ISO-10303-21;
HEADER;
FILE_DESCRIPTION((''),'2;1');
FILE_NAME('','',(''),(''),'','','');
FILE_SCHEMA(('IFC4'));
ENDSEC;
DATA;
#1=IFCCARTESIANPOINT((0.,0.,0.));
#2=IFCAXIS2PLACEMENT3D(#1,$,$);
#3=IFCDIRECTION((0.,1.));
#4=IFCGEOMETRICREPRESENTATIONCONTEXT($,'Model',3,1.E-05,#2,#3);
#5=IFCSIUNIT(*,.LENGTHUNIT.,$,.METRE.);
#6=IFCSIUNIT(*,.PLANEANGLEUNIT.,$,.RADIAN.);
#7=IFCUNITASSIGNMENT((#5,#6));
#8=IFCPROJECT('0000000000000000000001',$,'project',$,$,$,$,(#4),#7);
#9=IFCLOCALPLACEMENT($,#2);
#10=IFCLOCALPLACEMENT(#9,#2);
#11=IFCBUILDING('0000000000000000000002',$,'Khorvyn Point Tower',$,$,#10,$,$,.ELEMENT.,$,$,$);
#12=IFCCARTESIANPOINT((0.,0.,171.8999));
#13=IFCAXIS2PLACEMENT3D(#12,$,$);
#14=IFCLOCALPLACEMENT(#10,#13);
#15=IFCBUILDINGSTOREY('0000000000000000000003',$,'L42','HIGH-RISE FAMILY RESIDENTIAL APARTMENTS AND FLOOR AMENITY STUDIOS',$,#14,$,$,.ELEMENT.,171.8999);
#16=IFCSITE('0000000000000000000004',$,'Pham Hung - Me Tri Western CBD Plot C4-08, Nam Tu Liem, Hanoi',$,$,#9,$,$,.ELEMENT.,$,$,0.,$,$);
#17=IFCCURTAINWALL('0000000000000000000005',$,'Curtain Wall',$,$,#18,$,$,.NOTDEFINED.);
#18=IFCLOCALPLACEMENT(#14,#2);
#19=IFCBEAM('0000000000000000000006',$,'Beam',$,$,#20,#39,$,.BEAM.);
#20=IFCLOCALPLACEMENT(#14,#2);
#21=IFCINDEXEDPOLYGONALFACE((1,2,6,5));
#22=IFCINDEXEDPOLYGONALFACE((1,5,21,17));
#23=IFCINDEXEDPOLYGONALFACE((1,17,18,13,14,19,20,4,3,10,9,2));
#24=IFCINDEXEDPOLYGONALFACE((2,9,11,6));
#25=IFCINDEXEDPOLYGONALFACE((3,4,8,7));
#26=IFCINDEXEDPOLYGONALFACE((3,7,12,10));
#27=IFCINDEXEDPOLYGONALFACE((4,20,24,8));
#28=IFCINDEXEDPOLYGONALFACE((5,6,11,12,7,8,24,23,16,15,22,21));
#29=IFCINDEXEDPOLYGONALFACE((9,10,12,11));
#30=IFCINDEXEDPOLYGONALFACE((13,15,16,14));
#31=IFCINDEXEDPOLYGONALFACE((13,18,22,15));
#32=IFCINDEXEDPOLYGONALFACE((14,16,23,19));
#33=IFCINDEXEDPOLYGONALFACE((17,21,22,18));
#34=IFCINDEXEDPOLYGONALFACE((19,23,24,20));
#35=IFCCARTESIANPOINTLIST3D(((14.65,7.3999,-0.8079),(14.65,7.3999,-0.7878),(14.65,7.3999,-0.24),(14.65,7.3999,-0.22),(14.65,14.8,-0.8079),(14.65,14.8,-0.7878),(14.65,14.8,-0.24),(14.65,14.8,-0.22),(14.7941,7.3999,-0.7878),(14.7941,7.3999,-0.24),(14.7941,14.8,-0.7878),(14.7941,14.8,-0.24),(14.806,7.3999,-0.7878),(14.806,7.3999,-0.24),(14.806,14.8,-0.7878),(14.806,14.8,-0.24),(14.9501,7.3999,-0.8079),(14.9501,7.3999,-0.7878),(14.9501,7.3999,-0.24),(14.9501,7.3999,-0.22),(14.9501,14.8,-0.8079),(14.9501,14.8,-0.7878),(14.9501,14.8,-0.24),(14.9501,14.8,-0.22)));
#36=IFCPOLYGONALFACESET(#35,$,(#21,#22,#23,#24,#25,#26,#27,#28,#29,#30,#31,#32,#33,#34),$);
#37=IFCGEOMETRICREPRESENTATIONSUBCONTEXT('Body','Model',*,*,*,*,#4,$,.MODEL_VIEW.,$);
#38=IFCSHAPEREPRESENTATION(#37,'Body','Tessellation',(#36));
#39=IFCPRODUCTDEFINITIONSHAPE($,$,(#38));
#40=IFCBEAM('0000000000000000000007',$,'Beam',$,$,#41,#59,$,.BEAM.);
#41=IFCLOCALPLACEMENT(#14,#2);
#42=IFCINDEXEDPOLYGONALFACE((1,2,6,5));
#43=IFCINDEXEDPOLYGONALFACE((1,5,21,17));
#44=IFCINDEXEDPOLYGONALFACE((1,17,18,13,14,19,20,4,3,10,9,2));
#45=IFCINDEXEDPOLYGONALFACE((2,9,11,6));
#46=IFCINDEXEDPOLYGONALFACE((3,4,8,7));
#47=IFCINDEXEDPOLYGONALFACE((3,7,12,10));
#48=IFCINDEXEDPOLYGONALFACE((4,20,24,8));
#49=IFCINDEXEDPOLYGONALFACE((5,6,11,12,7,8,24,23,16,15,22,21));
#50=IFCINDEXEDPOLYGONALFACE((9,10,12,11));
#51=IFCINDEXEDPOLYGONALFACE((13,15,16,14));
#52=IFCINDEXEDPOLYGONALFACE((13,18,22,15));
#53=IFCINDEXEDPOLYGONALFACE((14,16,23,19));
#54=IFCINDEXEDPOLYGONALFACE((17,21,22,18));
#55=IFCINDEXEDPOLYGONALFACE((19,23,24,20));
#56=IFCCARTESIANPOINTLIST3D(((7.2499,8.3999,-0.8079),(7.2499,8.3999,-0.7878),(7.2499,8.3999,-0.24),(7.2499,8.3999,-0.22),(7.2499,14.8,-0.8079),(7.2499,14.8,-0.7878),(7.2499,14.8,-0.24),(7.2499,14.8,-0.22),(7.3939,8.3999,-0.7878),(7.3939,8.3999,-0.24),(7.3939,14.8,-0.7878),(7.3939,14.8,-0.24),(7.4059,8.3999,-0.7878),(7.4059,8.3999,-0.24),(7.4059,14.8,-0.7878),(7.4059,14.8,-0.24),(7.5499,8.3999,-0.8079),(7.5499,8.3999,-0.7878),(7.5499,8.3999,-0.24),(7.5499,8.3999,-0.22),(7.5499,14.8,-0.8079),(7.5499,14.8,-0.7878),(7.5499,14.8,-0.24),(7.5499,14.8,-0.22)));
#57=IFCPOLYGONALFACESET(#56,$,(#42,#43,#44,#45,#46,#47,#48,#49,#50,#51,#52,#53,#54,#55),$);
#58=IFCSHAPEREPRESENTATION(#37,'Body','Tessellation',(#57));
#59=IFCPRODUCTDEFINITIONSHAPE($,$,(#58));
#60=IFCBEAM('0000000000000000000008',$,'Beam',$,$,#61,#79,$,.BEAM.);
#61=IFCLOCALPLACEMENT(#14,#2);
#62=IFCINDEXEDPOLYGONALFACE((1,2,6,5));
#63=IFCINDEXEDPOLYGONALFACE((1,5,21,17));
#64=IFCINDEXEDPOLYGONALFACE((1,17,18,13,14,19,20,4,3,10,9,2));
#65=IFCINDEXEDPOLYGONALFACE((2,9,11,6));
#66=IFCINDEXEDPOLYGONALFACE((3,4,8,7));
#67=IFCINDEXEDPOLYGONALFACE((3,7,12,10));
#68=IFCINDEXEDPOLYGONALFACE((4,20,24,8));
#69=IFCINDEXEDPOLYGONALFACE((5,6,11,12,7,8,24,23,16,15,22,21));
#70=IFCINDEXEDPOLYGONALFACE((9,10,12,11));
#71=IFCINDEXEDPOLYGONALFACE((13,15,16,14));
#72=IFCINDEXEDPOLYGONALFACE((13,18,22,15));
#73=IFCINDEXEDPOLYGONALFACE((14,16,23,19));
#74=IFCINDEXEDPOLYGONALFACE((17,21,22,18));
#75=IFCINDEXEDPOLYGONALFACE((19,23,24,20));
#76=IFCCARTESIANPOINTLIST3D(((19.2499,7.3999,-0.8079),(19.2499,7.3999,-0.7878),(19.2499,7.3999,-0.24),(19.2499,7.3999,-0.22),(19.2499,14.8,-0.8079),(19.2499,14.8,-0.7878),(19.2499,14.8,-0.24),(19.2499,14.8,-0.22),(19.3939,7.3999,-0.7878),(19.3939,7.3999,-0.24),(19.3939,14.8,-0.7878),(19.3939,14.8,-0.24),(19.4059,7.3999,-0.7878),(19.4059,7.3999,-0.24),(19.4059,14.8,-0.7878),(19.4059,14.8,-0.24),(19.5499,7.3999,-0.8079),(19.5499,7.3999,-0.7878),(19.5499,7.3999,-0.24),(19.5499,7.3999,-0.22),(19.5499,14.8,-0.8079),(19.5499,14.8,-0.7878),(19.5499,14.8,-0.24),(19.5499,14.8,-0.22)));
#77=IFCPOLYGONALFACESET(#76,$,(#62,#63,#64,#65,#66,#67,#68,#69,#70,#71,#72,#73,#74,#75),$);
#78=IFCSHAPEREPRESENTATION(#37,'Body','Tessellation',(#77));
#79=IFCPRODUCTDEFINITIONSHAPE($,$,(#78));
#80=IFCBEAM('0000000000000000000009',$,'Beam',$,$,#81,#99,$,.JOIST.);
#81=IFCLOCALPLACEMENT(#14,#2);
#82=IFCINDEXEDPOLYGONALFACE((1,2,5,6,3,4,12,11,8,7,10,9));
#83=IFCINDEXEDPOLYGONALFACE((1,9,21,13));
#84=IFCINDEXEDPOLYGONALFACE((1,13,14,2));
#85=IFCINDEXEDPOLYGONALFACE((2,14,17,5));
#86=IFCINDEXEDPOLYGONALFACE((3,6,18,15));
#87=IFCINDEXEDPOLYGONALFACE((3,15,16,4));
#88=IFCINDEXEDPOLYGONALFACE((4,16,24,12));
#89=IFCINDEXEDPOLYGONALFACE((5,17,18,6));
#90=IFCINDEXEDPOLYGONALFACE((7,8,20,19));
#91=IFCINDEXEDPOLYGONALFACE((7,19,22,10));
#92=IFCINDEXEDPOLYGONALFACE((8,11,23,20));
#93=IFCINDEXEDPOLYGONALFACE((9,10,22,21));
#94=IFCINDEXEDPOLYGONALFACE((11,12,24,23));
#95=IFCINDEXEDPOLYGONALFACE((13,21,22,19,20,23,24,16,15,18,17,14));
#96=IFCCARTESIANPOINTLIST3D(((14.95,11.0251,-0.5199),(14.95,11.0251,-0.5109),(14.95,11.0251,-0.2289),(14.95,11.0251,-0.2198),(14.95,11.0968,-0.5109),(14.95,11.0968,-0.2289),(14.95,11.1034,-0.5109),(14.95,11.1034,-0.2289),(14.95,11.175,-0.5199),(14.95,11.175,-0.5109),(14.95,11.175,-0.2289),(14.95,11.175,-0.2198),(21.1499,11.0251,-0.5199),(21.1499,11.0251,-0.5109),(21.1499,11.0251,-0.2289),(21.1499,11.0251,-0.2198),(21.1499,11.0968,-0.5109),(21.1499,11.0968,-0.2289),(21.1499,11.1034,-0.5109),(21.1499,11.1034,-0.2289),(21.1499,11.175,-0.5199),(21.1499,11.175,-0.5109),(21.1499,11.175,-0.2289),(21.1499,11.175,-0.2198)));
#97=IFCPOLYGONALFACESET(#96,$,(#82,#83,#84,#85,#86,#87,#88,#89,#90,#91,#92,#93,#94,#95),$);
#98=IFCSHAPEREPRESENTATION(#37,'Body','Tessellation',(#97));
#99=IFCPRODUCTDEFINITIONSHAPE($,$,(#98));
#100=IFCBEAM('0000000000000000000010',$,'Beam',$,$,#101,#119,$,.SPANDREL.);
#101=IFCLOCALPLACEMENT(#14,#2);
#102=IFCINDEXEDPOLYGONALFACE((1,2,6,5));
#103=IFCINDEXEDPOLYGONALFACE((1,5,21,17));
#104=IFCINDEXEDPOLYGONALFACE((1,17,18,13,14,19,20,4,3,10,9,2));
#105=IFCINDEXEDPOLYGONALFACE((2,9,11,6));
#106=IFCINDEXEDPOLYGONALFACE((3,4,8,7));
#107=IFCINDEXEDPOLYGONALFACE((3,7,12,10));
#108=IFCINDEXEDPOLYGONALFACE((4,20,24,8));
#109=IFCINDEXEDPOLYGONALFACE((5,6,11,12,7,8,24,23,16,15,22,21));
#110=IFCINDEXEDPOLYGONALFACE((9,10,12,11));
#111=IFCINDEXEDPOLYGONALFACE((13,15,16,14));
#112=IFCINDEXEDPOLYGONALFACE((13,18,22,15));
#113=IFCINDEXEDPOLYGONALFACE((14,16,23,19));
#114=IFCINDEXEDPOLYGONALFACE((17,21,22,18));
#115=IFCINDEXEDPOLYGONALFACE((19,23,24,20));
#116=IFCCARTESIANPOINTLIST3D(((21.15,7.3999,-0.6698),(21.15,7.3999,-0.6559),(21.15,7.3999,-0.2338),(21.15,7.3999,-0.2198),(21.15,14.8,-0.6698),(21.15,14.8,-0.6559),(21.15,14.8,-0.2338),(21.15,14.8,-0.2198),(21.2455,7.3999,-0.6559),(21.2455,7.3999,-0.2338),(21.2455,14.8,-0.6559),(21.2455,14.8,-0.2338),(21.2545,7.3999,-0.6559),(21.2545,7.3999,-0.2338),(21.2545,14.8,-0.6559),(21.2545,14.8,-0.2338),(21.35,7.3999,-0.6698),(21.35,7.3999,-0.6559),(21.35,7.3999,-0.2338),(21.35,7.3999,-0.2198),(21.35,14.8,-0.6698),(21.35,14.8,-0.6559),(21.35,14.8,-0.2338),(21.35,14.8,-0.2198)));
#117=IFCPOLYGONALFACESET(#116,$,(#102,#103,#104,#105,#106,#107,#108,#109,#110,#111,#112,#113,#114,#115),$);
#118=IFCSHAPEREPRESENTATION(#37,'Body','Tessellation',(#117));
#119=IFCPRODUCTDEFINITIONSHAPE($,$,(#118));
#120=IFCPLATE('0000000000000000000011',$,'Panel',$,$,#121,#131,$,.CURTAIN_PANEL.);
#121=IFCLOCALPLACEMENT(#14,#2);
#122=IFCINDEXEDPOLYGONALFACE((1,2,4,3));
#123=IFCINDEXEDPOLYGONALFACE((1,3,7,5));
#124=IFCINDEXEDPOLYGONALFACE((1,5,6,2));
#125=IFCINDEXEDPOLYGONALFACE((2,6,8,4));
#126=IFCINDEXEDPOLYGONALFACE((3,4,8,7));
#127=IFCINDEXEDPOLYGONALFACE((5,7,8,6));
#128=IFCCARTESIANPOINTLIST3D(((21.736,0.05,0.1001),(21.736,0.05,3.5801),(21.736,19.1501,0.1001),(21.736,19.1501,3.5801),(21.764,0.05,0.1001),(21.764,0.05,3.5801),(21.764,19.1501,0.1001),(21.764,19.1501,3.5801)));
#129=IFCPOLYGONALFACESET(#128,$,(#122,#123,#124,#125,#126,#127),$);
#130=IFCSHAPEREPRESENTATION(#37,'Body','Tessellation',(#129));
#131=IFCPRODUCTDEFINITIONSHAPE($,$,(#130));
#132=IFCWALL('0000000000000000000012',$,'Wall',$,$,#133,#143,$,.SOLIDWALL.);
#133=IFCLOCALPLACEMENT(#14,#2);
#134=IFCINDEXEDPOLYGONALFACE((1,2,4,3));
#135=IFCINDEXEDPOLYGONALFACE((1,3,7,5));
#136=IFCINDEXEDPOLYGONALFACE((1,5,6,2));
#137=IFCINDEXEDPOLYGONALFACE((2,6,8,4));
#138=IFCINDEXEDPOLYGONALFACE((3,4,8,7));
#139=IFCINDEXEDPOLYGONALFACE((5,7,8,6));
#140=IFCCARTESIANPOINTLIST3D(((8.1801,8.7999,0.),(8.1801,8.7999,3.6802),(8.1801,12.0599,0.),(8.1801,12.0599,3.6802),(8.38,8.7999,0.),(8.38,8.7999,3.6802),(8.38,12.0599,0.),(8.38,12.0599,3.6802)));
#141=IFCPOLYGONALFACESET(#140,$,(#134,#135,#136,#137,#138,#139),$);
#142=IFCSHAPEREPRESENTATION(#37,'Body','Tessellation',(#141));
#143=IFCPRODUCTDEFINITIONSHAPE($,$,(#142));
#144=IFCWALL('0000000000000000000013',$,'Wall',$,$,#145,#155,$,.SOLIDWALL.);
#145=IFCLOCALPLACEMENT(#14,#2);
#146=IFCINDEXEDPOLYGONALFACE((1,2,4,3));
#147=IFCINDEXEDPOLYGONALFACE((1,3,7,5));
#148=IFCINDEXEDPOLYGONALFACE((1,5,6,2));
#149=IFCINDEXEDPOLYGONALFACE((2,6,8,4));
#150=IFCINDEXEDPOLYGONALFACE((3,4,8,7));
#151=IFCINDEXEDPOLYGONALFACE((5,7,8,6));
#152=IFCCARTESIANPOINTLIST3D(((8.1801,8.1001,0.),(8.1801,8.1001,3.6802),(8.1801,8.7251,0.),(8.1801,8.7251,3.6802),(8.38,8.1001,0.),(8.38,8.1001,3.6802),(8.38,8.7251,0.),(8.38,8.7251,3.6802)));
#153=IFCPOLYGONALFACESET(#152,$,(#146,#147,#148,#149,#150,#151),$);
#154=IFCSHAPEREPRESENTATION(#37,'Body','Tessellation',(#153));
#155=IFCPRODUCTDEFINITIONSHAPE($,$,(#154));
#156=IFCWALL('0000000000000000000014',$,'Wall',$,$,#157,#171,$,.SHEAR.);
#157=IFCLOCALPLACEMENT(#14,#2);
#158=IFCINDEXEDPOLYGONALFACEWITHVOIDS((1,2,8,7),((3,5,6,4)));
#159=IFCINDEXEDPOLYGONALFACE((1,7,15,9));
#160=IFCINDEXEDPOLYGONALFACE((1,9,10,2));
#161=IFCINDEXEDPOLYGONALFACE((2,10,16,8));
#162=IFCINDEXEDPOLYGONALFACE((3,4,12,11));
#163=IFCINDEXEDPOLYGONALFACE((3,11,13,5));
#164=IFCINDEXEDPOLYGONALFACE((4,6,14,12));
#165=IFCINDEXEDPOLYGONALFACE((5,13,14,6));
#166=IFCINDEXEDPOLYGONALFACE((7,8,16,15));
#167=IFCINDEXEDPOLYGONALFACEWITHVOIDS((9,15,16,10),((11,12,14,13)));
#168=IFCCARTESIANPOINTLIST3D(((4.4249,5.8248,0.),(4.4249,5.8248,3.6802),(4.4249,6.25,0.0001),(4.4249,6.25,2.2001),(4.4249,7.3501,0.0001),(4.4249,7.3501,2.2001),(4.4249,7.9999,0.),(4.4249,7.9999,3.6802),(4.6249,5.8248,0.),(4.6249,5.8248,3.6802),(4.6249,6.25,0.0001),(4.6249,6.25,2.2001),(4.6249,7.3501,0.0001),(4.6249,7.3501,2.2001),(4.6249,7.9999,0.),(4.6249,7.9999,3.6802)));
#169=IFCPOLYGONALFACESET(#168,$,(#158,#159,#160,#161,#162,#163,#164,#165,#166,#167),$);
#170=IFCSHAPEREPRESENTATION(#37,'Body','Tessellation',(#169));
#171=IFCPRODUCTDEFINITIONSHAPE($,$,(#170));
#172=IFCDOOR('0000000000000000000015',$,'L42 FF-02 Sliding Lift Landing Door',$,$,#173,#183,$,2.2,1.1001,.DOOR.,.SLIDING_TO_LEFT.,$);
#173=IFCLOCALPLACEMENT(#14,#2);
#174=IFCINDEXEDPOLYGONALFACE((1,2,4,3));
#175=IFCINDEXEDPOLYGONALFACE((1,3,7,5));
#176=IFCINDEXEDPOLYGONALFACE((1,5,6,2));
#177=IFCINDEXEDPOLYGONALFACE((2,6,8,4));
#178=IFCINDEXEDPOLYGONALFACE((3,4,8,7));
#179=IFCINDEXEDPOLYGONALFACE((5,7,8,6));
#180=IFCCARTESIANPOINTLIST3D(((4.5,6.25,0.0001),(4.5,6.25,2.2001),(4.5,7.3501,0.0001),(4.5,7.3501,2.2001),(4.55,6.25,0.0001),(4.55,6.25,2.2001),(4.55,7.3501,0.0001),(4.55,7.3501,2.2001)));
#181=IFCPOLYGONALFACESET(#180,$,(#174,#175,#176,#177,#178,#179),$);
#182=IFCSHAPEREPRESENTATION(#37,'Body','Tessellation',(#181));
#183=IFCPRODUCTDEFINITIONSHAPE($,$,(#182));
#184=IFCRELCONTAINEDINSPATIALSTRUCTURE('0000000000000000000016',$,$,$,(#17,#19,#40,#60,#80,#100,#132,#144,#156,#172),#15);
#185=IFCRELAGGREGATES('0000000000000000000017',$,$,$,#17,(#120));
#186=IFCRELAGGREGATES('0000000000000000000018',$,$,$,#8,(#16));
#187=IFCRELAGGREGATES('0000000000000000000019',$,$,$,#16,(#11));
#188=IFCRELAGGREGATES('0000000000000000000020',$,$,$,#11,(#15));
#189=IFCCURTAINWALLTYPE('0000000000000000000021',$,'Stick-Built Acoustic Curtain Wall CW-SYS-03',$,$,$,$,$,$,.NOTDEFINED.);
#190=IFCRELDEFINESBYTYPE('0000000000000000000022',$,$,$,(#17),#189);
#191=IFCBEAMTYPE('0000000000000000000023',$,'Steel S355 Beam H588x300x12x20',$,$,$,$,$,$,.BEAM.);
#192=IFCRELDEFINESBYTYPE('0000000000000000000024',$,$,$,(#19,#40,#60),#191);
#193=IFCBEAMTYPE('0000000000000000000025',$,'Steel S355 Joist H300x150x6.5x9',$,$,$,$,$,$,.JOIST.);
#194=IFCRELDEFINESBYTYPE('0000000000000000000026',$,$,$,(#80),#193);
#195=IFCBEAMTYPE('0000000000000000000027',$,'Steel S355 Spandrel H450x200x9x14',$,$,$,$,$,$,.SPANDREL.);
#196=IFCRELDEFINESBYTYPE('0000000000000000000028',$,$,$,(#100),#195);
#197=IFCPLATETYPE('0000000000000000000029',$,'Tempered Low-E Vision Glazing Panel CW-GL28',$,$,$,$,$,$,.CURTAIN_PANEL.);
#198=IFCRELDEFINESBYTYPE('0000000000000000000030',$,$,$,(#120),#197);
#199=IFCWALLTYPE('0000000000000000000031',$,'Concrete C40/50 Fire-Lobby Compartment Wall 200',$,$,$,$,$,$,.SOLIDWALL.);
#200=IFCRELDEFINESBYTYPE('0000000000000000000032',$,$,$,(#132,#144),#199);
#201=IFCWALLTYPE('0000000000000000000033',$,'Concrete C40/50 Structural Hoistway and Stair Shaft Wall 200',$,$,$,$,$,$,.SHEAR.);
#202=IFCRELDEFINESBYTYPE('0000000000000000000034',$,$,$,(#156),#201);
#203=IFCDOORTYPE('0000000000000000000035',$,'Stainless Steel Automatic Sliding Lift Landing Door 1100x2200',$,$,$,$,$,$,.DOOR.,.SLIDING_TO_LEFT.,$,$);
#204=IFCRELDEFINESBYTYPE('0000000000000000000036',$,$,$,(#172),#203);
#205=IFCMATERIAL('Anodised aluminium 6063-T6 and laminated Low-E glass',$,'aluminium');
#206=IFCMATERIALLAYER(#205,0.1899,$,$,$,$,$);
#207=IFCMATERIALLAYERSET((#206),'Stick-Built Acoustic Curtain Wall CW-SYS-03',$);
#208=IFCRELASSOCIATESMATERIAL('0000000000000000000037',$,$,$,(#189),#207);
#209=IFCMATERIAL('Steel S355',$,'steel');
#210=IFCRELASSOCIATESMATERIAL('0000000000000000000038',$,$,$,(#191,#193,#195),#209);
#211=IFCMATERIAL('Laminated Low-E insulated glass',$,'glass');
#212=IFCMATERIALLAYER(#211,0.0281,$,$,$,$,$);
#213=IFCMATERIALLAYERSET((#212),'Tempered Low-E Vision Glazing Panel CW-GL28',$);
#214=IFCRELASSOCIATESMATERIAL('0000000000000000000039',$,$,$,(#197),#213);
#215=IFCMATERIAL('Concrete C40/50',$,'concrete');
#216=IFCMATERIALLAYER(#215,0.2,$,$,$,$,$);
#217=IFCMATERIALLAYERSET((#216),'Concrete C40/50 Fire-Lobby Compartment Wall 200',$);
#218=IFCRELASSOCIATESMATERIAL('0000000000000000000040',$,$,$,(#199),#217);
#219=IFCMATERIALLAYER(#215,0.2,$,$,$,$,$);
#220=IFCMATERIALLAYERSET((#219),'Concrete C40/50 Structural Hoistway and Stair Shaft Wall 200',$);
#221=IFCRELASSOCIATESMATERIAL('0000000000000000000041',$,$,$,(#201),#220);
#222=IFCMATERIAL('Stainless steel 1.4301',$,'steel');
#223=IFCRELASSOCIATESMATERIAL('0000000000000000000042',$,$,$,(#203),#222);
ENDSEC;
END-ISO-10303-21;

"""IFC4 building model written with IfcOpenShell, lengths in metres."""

from ifc_helpers import new_model, si_unit, direction, frame, frame_2d, origin, origin_2d, place, context, subcontext, project, spatial, rectangle, i_section, extrude, material, layer, layer_set, material_profile, profile_set, type_object, element, fill, aggregate, save


model = new_model("IFC4")

# Units and contexts
model_context = context("Model", 3, precision=1e-05, world=origin(), true_north=direction((0.0, 1.0)))
body_context = subcontext(model_context, "Body", "Model", "MODEL_VIEW")
ifc_project = project(units=[si_unit("LENGTHUNIT", "METRE"), si_unit("PLANEANGLEUNIT", "RADIAN")], contexts=[model_context])

# Site, building, storey
site_placement = place(None, origin())
site = spatial("IfcSite", under=ifc_project, at=site_placement, Name="Pham Hung - Me Tri Western CBD Plot C4-08, Nam Tu Liem, Hanoi", CompositionType="ELEMENT", RefElevation=0.0)
building_placement = place(site_placement, origin())
building = spatial("IfcBuilding", under=site, at=building_placement, Name="Khorvyn Point Tower", CompositionType="ELEMENT")
storey_placement = place(building_placement, frame((0.0, 0.0, 171.8999)))
storey = spatial("IfcBuildingStorey", under=building, at=storey_placement, Name="L42", Description="HIGH-RISE FAMILY RESIDENTIAL APARTMENTS AND FLOOR AMENITY STUDIOS", CompositionType="ELEMENT", Elevation=171.8999)

# Curtain wall
ifc_material_1 = material(Name="Anodised aluminium 6063-T6 and laminated Low-E glass", Category="aluminium")
ifc_layer_1 = layer(ifc_material_1, 0.1899)
ifc_layer_set_1 = layer_set([ifc_layer_1], Name="Stick-Built Acoustic Curtain Wall CW-SYS-03")
curtain_wall_type = type_object("IfcCurtainWallType", Name="Stick-Built Acoustic Curtain Wall CW-SYS-03", PredefinedType="NOTDEFINED", material=ifc_layer_set_1)
curtain_wall_placement = place(storey_placement, origin())
curtain_wall = element("IfcCurtainWall", 1, at=curtain_wall_placement, inside=storey, type_object=curtain_wall_type, Name="Curtain Wall", PredefinedType="NOTDEFINED")

# Beams
ifc_material_2 = material(Name="Steel S355", Category="steel")
ifc_material_profile_1 = material_profile(ifc_material_2, i_section(OverallWidth=0.3, OverallDepth=0.5879, WebThickness=0.012, FlangeThickness=0.02, at=origin_2d()))
ifc_profile_set_1 = profile_set([ifc_material_profile_1], Name="Steel S355 H588x300x12x20")
beam_type_1 = type_object("IfcBeamType", Name="Steel S355 Beam H588x300x12x20", PredefinedType="BEAM", material=ifc_profile_set_1)
beam_1_placement = place(storey_placement, frame((14.8, 7.3999, -0.5139), z_axis=(0.0, 1.0, 0.0), x_axis=(-1.0, 0.0, 0.0)))
element("IfcBeam", 2, at=beam_1_placement, inside=storey, type_object=beam_type_1, Name="Beam", PredefinedType="BEAM", context=body_context, shape_type="SweptSolid", body=[
    extrude(i_section(OverallWidth=0.3, OverallDepth=0.5879, WebThickness=0.012, FlangeThickness=0.02, at=origin_2d()), origin(), (0.0, 0.0, 1.0), 7.4001),
])
beam_2_placement = place(storey_placement, frame((7.3999, 8.3999, -0.5139), z_axis=(0.0, 1.0, 0.0), x_axis=(-1.0, 0.0, 0.0)))
element("IfcBeam", 3, at=beam_2_placement, inside=storey, type_object=beam_type_1, Name="Beam", PredefinedType="BEAM", context=body_context, shape_type="SweptSolid", body=[
    extrude(i_section(OverallWidth=0.3, OverallDepth=0.5879, WebThickness=0.012, FlangeThickness=0.02, at=origin_2d()), origin(), (0.0, 0.0, 1.0), 6.4001),
])
beam_3_placement = place(storey_placement, frame((19.3999, 7.3999, -0.5139), z_axis=(0.0, 1.0, 0.0), x_axis=(-1.0, 0.0, 0.0)))
element("IfcBeam", 4, at=beam_3_placement, inside=storey, type_object=beam_type_1, Name="Beam", PredefinedType="BEAM", context=body_context, shape_type="SweptSolid", body=[
    extrude(i_section(OverallWidth=0.3, OverallDepth=0.5879, WebThickness=0.012, FlangeThickness=0.02, at=origin_2d()), origin(), (0.0, 0.0, 1.0), 7.4001),
])
ifc_material_profile_2 = material_profile(ifc_material_2, i_section(OverallWidth=0.1499, OverallDepth=0.3, WebThickness=0.0066, FlangeThickness=0.009, at=origin_2d()))
ifc_profile_set_2 = profile_set([ifc_material_profile_2], Name="Steel S355 H300x150x6.5x9")
beam_type_2 = type_object("IfcBeamType", Name="Steel S355 Joist H300x150x6.5x9", PredefinedType="JOIST", material=ifc_profile_set_2)
beam_4_placement = place(storey_placement, frame((14.95, 11.1001, -0.3699), z_axis=(1.0, 0.0, 0.0), x_axis=(0.0, 1.0, 0.0)))
element("IfcBeam", 5, at=beam_4_placement, inside=storey, type_object=beam_type_2, Name="Beam", PredefinedType="JOIST", context=body_context, shape_type="SweptSolid", body=[
    extrude(i_section(OverallWidth=0.1499, OverallDepth=0.3, WebThickness=0.0066, FlangeThickness=0.009, at=origin_2d()), origin(), (0.0, 0.0, 1.0), 6.2),
])
ifc_material_profile_3 = material_profile(ifc_material_2, i_section(OverallWidth=0.2, OverallDepth=0.45, WebThickness=0.009, FlangeThickness=0.0139, at=origin_2d()))
ifc_profile_set_3 = profile_set([ifc_material_profile_3], Name="Steel S355 H450x200x9x14")
beam_type_3 = type_object("IfcBeamType", Name="Steel S355 Spandrel H450x200x9x14", PredefinedType="SPANDREL", material=ifc_profile_set_3)
beam_5_placement = place(storey_placement, frame((21.25, 7.3999, -0.4448), z_axis=(0.0, 1.0, 0.0), x_axis=(-1.0, 0.0, 0.0)))
element("IfcBeam", 6, at=beam_5_placement, inside=storey, type_object=beam_type_3, Name="Beam", PredefinedType="SPANDREL", context=body_context, shape_type="SweptSolid", body=[
    extrude(i_section(OverallWidth=0.2, OverallDepth=0.45, WebThickness=0.009, FlangeThickness=0.0139, at=origin_2d()), origin(), (0.0, 0.0, 1.0), 7.4001),
])

# Plate
ifc_material_3 = material(Name="Laminated Low-E insulated glass", Category="glass")
ifc_layer_2 = layer(ifc_material_3, 0.0281)
ifc_layer_set_2 = layer_set([ifc_layer_2], Name="Tempered Low-E Vision Glazing Panel CW-GL28")
plate_type = type_object("IfcPlateType", Name="Tempered Low-E Vision Glazing Panel CW-GL28", PredefinedType="CURTAIN_PANEL", material=ifc_layer_set_2)
plate_placement = place(storey_placement, frame((21.75, 9.6001, 0.1001), z_axis=(0.0, 0.0, 1.0), x_axis=(0.0, -1.0, 0.0)))
plate = element("IfcPlate", 7, at=plate_placement, type_object=plate_type, Name="Panel", PredefinedType="CURTAIN_PANEL", context=body_context, shape_type="SweptSolid", body=[
    extrude(rectangle(XDim=19.1001, YDim=0.0281, at=origin_2d()), origin(), (0.0, 0.0, 1.0), 3.48),
])
aggregate(curtain_wall, [plate])

# Shared definitions
ifc_material_4 = material(Name="Concrete C40/50", Category="concrete")
ifc_layer_3 = layer(ifc_material_4, 0.2)
ifc_layer_set_3 = layer_set([ifc_layer_3], Name="Concrete C40/50 Fire-Lobby Compartment Wall 200")
wall_type_1 = type_object("IfcWallType", Name="Concrete C40/50 Fire-Lobby Compartment Wall 200", PredefinedType="SOLIDWALL", material=ifc_layer_set_3)

# Walls
wall_1_placement = place(storey_placement, frame((8.28, 8.8, 0.0), z_axis=(0.0, 0.0, 1.0), x_axis=(0.0, 1.0, 0.0)))
element("IfcWall", 8, at=wall_1_placement, inside=storey, type_object=wall_type_1, Name="Wall", PredefinedType="SOLIDWALL", context=body_context, shape_type="SweptSolid", body=[
    extrude(rectangle(XDim=3.26, YDim=0.2, at=frame_2d((1.6299, 0.0))), origin(), (0.0, 0.0, 1.0), 3.6802),
])
wall_2_placement = place(storey_placement, frame((8.28, 8.1001, 0.0), z_axis=(0.0, 0.0, 1.0), x_axis=(0.0, 1.0, 0.0)))
element("IfcWall", 9, at=wall_2_placement, inside=storey, type_object=wall_type_1, Name="Wall", PredefinedType="SOLIDWALL", context=body_context, shape_type="SweptSolid", body=[
    extrude(rectangle(XDim=0.625, YDim=0.2, at=frame_2d((0.3125, 0.0))), origin(), (0.0, 0.0, 1.0), 3.6802),
])

# Wall, opening, door
ifc_layer_4 = layer(ifc_material_4, 0.2)
ifc_layer_set_4 = layer_set([ifc_layer_4], Name="Concrete C40/50 Structural Hoistway and Stair Shaft Wall 200")
wall_type_2 = type_object("IfcWallType", Name="Concrete C40/50 Structural Hoistway and Stair Shaft Wall 200", PredefinedType="SHEAR", material=ifc_layer_set_4)
wall_3_placement = place(storey_placement, frame((4.5249, 5.825, 0.0), z_axis=(0.0, 0.0, 1.0), x_axis=(0.0, 1.0, 0.0)))
wall_3 = element("IfcWall", 10, at=wall_3_placement, inside=storey, type_object=wall_type_2, Name="Wall", PredefinedType="SHEAR", context=body_context, shape_type="SweptSolid", body=[
    extrude(rectangle(XDim=2.175, YDim=0.2, at=frame_2d((1.0874, 0.0))), origin(), (0.0, 0.0, 1.0), 3.6802),
])
opening_1_placement = place(wall_3_placement, frame((0.425, 0.0, 0.0)))
opening_1 = element("IfcOpeningElement", 11, at=opening_1_placement, cuts=wall_3, PredefinedType="OPENING", context=body_context, shape_type="SweptSolid", body=[
    extrude(rectangle(XDim=1.1001, YDim=2.2, at=frame_2d((0.55, 1.1001))), frame((0.0, 0.1099, 0.0), z_axis=(0.0, -1.0, 0.0), x_axis=(1.0, 0.0, 0.0)), (0.0, 0.0, 1.0), 0.22),
])
ifc_material_5 = material(Name="Stainless steel 1.4301", Category="steel")
door_type_1 = type_object("IfcDoorType", Name="Stainless Steel Automatic Sliding Lift Landing Door 1100x2200", OperationType="SLIDING_TO_LEFT", PredefinedType="DOOR", material=ifc_material_5)
door_1_placement = place(opening_1_placement, origin())
door_1 = element("IfcDoor", 12, at=door_1_placement, inside=storey, type_object=door_type_1, Name="L42 FF-02 Sliding Lift Landing Door", OperationType="SLIDING_TO_LEFT", OverallHeight=2.2, OverallWidth=1.1001, PredefinedType="DOOR", context=body_context, shape_type="SweptSolid", body=[
    extrude(rectangle(XDim=1.1001, YDim=2.2, at=frame_2d((0.55, 1.1001))), frame((0.0, 0.0249, 0.0), z_axis=(0.0, -1.0, 0.0), x_axis=(1.0, 0.0, 0.0)), (0.0, 0.0, 1.0), 0.05),
])
fill(opening_1, door_1)

save(model, "model.ifc")
